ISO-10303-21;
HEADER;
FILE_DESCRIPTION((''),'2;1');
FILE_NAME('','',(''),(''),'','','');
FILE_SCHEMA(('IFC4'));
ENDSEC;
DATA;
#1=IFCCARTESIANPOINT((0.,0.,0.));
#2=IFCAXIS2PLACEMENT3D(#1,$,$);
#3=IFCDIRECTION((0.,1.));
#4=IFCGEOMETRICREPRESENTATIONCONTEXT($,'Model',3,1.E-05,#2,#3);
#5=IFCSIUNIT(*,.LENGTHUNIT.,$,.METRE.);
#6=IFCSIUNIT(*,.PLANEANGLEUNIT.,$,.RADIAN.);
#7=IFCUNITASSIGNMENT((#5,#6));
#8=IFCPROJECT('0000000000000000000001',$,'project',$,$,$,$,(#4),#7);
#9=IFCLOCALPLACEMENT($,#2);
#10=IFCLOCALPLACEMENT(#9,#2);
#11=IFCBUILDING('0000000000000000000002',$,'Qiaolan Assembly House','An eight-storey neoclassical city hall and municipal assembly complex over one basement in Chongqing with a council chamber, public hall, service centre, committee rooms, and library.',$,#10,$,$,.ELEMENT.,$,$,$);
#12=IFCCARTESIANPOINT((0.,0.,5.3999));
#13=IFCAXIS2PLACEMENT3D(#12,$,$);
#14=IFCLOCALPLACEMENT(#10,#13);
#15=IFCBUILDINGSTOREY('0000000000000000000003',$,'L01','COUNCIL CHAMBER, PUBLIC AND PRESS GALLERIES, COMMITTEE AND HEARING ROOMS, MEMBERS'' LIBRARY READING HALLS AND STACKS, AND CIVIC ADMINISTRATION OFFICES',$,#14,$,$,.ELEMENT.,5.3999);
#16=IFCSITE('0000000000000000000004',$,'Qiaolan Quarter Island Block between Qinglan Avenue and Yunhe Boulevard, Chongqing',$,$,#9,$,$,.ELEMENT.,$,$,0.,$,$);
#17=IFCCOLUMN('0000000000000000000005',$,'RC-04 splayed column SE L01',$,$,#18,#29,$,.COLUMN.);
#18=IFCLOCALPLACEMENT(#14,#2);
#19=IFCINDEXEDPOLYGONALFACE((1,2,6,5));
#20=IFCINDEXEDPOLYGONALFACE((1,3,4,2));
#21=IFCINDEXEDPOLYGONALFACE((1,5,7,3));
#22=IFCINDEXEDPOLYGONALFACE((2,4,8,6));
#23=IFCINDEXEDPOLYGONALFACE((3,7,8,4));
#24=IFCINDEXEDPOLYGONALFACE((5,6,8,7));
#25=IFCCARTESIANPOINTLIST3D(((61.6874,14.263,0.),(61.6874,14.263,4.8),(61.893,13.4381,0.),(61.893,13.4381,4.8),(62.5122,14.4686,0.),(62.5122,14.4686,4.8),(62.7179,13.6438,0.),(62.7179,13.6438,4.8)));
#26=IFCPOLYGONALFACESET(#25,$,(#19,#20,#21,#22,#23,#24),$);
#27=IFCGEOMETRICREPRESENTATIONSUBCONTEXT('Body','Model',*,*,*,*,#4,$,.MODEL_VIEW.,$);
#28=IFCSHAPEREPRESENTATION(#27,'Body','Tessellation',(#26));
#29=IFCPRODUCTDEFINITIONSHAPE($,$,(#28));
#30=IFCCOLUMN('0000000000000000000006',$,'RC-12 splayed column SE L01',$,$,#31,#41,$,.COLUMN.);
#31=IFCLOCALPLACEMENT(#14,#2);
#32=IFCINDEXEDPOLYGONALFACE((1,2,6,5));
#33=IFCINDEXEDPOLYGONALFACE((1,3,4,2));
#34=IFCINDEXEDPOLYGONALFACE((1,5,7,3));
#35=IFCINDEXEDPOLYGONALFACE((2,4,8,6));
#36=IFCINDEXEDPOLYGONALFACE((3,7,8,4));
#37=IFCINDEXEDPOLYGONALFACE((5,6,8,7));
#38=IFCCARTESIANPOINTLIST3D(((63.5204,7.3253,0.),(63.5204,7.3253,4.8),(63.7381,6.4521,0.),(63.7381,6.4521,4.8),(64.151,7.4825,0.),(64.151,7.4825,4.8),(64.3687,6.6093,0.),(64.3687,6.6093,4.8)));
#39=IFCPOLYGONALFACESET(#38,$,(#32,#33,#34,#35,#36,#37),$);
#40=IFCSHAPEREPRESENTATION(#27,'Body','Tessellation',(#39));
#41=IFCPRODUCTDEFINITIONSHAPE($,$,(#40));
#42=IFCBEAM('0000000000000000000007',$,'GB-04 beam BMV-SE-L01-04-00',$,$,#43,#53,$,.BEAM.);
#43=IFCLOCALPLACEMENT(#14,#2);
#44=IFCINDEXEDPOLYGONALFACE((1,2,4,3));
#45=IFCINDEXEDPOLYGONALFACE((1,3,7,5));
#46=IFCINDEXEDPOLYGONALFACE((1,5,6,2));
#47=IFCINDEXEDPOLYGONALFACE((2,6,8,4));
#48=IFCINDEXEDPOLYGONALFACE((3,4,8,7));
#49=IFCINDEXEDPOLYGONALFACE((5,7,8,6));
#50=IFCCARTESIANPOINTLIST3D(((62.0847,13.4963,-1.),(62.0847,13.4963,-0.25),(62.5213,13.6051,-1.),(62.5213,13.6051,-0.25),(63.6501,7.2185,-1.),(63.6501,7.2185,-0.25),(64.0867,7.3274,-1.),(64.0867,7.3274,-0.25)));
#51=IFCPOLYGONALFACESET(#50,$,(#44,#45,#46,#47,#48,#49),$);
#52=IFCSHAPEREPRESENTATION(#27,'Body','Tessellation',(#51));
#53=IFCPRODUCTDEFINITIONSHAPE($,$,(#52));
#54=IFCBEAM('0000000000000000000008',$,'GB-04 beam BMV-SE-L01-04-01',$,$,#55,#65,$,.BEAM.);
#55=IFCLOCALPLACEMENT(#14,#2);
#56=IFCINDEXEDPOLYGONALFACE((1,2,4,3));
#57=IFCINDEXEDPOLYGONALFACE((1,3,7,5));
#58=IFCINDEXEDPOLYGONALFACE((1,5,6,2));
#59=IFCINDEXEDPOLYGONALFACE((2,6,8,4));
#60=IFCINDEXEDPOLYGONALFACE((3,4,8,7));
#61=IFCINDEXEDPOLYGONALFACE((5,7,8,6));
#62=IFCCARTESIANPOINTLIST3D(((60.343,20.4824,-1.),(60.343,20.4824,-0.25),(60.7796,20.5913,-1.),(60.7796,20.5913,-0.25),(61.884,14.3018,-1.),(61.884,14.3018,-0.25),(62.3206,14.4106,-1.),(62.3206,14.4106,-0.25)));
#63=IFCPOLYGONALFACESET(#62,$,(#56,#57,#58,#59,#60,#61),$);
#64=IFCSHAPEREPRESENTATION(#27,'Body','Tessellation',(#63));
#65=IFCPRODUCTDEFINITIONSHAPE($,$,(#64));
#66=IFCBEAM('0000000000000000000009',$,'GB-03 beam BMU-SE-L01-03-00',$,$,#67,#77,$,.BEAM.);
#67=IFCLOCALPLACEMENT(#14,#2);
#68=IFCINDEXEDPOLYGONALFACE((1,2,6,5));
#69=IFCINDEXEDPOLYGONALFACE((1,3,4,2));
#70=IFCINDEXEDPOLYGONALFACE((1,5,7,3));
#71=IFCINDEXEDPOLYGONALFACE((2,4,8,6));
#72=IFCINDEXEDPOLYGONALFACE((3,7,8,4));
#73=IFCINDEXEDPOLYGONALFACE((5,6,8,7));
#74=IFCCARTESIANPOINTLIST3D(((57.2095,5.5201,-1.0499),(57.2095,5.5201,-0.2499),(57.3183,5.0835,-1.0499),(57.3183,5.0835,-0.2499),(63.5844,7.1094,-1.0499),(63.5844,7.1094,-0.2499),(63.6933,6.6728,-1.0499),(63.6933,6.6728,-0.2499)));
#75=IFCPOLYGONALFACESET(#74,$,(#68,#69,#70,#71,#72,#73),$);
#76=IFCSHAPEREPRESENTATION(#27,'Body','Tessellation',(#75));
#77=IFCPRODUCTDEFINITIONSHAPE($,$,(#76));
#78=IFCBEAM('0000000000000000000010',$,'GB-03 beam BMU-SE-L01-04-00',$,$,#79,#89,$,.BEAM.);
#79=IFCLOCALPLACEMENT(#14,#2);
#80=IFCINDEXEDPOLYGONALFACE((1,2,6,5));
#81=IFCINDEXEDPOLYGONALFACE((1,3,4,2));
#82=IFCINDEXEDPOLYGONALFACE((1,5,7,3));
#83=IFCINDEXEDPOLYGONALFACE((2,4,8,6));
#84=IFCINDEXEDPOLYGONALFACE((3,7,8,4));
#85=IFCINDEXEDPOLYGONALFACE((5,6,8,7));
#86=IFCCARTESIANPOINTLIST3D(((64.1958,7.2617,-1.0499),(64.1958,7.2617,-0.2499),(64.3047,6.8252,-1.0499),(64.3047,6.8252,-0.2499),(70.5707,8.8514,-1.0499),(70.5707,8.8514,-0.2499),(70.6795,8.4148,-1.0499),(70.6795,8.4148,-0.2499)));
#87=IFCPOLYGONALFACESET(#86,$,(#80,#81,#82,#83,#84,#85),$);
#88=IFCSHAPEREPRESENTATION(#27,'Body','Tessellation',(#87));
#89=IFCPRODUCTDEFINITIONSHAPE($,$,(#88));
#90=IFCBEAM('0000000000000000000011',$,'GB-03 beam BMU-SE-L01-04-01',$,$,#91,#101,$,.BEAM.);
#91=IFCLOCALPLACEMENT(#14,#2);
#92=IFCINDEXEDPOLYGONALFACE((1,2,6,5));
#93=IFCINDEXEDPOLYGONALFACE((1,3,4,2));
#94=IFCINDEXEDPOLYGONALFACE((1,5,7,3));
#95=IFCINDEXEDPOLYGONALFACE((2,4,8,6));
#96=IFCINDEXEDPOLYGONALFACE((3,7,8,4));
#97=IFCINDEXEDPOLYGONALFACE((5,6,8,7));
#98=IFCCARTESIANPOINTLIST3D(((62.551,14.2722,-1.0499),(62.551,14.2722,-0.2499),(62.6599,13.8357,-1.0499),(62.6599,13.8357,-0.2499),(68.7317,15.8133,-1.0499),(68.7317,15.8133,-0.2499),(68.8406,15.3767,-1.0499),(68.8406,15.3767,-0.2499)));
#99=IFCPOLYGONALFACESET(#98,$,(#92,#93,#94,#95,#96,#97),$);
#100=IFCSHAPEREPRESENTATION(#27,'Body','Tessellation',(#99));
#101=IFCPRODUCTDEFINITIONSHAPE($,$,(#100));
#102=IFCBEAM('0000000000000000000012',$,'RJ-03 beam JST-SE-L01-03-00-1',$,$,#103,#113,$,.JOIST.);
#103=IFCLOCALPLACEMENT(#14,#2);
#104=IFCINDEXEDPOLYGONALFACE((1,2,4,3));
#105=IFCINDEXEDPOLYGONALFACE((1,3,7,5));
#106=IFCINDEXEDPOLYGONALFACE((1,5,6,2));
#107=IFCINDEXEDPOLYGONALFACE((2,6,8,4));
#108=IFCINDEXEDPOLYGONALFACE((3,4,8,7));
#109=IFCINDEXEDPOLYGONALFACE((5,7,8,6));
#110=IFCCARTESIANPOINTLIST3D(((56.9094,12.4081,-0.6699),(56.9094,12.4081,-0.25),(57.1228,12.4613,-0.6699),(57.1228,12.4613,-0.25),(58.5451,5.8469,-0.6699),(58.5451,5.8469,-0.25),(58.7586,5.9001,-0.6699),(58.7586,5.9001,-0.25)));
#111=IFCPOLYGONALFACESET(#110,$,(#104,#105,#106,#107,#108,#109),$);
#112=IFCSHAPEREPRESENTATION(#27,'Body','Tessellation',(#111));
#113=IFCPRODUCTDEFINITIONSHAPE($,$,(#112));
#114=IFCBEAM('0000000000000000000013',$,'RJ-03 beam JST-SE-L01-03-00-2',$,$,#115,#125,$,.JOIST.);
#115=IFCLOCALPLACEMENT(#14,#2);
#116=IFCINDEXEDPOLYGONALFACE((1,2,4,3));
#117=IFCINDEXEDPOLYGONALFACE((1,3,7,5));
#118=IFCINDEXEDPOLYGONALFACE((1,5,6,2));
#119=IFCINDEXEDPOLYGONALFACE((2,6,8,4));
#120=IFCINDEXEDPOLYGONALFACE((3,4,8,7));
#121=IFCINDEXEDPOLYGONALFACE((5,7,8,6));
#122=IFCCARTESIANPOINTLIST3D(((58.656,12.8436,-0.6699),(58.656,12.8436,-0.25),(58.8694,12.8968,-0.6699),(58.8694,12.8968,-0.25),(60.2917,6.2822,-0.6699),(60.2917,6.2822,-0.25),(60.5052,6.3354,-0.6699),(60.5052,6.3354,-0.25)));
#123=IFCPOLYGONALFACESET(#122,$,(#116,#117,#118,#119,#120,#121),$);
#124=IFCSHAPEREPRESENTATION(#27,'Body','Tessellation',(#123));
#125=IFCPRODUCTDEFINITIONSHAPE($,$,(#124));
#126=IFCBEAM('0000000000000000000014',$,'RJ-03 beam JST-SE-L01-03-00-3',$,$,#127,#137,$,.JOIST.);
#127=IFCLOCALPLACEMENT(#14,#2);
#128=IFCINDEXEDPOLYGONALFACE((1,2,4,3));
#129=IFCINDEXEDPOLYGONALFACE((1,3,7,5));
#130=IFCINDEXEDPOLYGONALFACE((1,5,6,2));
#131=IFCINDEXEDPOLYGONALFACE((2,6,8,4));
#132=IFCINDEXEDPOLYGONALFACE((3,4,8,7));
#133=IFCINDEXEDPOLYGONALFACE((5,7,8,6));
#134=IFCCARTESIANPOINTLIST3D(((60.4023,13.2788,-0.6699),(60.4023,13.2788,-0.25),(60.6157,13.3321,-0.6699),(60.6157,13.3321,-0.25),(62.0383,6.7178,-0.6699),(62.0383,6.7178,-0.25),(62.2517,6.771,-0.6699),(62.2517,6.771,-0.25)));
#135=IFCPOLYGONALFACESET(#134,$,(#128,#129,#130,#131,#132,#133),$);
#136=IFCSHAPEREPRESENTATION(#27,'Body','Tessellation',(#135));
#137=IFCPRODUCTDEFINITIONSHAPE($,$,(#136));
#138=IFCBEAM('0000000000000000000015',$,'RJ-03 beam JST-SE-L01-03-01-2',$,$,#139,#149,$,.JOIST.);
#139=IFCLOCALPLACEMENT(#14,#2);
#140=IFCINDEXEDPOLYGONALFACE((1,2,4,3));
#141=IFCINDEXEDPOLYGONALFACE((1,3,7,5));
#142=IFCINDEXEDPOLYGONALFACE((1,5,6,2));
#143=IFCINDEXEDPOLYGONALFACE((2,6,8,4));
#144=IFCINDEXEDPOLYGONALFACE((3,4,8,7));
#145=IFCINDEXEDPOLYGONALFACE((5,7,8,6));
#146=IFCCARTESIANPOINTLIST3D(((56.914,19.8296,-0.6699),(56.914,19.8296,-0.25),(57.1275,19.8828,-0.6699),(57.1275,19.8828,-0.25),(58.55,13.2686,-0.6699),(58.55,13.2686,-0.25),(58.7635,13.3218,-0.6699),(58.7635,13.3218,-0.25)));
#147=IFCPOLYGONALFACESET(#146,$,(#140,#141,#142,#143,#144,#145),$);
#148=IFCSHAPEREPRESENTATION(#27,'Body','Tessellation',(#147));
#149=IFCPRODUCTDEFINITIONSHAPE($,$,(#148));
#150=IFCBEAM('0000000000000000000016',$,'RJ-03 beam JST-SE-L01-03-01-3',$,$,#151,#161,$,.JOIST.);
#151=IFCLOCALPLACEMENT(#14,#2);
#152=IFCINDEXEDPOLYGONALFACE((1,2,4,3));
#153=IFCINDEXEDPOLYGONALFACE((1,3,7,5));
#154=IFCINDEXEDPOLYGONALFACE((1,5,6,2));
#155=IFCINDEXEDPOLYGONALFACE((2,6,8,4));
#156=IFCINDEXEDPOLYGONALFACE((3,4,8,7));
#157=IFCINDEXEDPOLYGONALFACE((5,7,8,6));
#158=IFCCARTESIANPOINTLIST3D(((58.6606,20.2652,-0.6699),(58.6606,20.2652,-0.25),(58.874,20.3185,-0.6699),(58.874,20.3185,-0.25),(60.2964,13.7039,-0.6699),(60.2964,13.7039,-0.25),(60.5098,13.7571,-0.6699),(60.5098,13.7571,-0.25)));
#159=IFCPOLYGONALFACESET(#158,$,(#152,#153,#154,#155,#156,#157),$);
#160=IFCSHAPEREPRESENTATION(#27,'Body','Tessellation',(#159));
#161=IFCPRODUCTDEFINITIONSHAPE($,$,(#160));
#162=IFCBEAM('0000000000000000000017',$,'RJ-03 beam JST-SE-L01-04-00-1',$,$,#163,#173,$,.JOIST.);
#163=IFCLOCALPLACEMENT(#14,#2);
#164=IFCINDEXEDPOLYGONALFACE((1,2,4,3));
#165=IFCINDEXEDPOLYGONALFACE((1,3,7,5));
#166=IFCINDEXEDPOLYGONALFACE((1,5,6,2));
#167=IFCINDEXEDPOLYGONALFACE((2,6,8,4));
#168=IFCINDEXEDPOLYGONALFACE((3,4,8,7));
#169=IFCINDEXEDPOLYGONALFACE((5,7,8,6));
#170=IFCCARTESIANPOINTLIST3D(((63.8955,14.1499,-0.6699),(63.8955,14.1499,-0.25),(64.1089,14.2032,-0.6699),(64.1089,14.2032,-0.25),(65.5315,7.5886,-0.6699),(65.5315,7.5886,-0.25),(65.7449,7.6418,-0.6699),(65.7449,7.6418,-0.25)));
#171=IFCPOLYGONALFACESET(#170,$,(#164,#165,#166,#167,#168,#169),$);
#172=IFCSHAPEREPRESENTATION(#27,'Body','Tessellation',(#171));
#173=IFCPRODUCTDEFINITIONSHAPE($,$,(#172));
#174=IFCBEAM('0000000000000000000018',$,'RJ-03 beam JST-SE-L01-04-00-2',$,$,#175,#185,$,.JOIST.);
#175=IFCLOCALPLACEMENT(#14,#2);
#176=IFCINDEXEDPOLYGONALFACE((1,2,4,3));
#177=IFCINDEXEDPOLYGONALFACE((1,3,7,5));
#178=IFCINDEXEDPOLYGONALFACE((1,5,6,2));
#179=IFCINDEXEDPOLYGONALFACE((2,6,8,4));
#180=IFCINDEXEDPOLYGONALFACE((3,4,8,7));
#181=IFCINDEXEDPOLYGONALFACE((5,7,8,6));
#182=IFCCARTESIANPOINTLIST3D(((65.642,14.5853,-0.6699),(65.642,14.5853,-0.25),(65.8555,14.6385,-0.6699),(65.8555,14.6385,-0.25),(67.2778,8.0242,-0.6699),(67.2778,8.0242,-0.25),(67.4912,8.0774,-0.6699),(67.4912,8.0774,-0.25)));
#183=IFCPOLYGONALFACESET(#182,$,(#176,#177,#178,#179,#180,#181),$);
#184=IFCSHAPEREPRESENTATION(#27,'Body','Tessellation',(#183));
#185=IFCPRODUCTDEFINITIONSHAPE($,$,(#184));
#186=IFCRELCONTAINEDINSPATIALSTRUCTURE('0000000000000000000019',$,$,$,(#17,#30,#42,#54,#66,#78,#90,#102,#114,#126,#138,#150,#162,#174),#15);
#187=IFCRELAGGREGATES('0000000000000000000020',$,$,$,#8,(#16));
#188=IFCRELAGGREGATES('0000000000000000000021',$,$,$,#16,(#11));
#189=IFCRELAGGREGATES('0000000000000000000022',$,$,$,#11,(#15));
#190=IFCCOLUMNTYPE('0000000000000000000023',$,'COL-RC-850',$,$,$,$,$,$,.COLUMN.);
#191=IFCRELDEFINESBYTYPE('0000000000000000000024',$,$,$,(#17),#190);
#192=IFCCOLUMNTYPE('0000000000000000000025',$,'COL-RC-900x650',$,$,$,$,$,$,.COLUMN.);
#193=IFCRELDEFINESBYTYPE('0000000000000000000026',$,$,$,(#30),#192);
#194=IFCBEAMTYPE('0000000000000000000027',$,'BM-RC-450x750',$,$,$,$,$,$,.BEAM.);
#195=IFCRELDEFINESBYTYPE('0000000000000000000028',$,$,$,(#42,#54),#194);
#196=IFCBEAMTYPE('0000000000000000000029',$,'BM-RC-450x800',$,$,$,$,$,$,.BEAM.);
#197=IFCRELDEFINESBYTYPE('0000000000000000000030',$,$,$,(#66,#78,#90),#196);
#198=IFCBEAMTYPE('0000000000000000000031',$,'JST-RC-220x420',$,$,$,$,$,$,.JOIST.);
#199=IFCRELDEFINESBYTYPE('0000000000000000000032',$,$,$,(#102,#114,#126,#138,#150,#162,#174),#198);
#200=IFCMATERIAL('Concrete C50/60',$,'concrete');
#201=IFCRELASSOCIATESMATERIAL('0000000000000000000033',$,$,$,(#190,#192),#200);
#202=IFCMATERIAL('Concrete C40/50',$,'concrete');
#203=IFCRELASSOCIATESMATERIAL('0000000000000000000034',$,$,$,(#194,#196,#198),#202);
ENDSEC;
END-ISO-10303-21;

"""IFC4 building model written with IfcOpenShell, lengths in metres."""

from ifc_helpers import new_model, si_unit, direction, frame, origin, origin_2d, place, context, subcontext, project, spatial, rectangle, extrude, material, material_profile, profile_set, type_object, element, save


model = new_model("IFC4")

# Units and contexts
model_context = context("Model", 3, precision=1e-05, world=origin(), true_north=direction((0.0, 1.0)))
body_context = subcontext(model_context, "Body", "Model", "MODEL_VIEW")
ifc_project = project(units=[si_unit("LENGTHUNIT", "METRE"), si_unit("PLANEANGLEUNIT", "RADIAN")], contexts=[model_context])

# Site, building, storey
site_placement = place(None, origin())
site = spatial("IfcSite", under=ifc_project, at=site_placement, Name="Qiaolan Quarter Island Block between Qinglan Avenue and Yunhe Boulevard, Chongqing", CompositionType="ELEMENT", RefElevation=0.0)
building_placement = place(site_placement, origin())
building = spatial("IfcBuilding", under=site, at=building_placement, Name="Qiaolan Assembly House", Description="An eight-storey neoclassical city hall and municipal assembly complex over one basement in Chongqing with a council chamber, public hall, service centre, committee rooms, and library.", CompositionType="ELEMENT")
storey_placement = place(building_placement, frame((0.0, 0.0, 5.3999)))
storey = spatial("IfcBuildingStorey", under=building, at=storey_placement, Name="L01", Description="COUNCIL CHAMBER, PUBLIC AND PRESS GALLERIES, COMMITTEE AND HEARING ROOMS, MEMBERS' LIBRARY READING HALLS AND STACKS, AND CIVIC ADMINISTRATION OFFICES", CompositionType="ELEMENT", Elevation=5.3999)

# Columns
ifc_material_1 = material(Name="Concrete C50/60", Category="concrete")
ifc_material_profile_1 = material_profile(ifc_material_1, rectangle(XDim=0.8501, YDim=0.8501, at=origin_2d()), Name="RC 850x850")
ifc_profile_set_1 = profile_set([ifc_material_profile_1], Name="Concrete C50/60")
column_type_1 = type_object("IfcColumnType", Name="COL-RC-850", PredefinedType="COLUMN", material=ifc_profile_set_1)
column_1_placement = place(storey_placement, frame((62.2026, 13.9534, 0.0), z_axis=(0.0, 0.0, 1.0), x_axis=(0.970296, 0.241922, 0.0)))
element("IfcColumn", 1, at=column_1_placement, inside=storey, type_object=column_type_1, Name="RC-04 splayed column SE L01", PredefinedType="COLUMN", context=body_context, shape_type="SweptSolid", body=[
    extrude(rectangle(XDim=0.8501, YDim=0.8501, at=origin_2d()), origin(), (0.0, 0.0, 1.0), 4.8),
])
ifc_material_profile_2 = material_profile(ifc_material_1, rectangle(XDim=0.6499, YDim=0.8999, at=origin_2d()), Name="RC 900x650")
ifc_profile_set_2 = profile_set([ifc_material_profile_2], Name="Concrete C50/60")
column_type_2 = type_object("IfcColumnType", Name="COL-RC-900x650", PredefinedType="COLUMN", material=ifc_profile_set_2)
column_2_placement = place(storey_placement, frame((63.9446, 6.9673, 0.0), z_axis=(0.0, 0.0, 1.0), x_axis=(0.970296, 0.241922, 0.0)))
element("IfcColumn", 2, at=column_2_placement, inside=storey, type_object=column_type_2, Name="RC-12 splayed column SE L01", PredefinedType="COLUMN", context=body_context, shape_type="SweptSolid", body=[
    extrude(rectangle(XDim=0.6499, YDim=0.8999, at=origin_2d()), origin(), (0.0, 0.0, 1.0), 4.8),
])

# Beams
ifc_material_2 = material(Name="Concrete C40/50", Category="concrete")
ifc_material_profile_3 = material_profile(ifc_material_2, rectangle(XDim=0.45, YDim=0.75, at=origin_2d()), Name="RCB 450x750")
ifc_profile_set_3 = profile_set([ifc_material_profile_3], Name="Concrete C40/50")
beam_type_1 = type_object("IfcBeamType", Name="BM-RC-450x750", PredefinedType="BEAM", material=ifc_profile_set_3)
beam_1_placement = place(storey_placement, frame((63.8684, 7.2729, -0.625), z_axis=(-0.24195, 0.970289, 0.0), x_axis=(-0.970289, -0.24195, 0.0)))
element("IfcBeam", 3, at=beam_1_placement, inside=storey, type_object=beam_type_1, Name="GB-04 beam BMV-SE-L01-04-00", PredefinedType="BEAM", context=body_context, shape_type="SweptSolid", body=[
    extrude(rectangle(XDim=0.45, YDim=0.75, at=origin_2d()), origin(), (0.0, 0.0, 1.0), 6.47),
])
beam_2_placement = place(storey_placement, frame((62.1023, 14.3562, -0.625), z_axis=(-0.241922, 0.970296, 0.0), x_axis=(-0.970296, -0.241922, 0.0)))
element("IfcBeam", 4, at=beam_2_placement, inside=storey, type_object=beam_type_1, Name="GB-04 beam BMV-SE-L01-04-01", PredefinedType="BEAM", context=body_context, shape_type="SweptSolid", body=[
    extrude(rectangle(XDim=0.45, YDim=0.75, at=origin_2d()), origin(), (0.0, 0.0, 1.0), 6.3699),
])
ifc_material_profile_4 = material_profile(ifc_material_2, rectangle(XDim=0.45, YDim=0.8, at=origin_2d()), Name="RCB 450x800")
ifc_profile_set_4 = profile_set([ifc_material_profile_4], Name="Concrete C40/50")
beam_type_2 = type_object("IfcBeamType", Name="BM-RC-450x800", PredefinedType="BEAM", material=ifc_profile_set_4)
for number, where, z_axis, x_axis, name in (
    (5, (57.2639, 5.3018, -0.6499), (0.9703, 0.241906, 0.0), (-0.241906, 0.9703, 0.0), "GB-03 beam BMU-SE-L01-03-00"),
    (6, (64.2502, 7.0435, -0.6499), (0.970289, 0.24195, 0.0), (-0.24195, 0.970289, 0.0), "GB-03 beam BMU-SE-L01-04-00"),
):
    element("IfcBeam", number, at=place(storey_placement, frame(where, z_axis=z_axis, x_axis=x_axis)), inside=storey, type_object=beam_type_2, Name=name, PredefinedType="BEAM", context=body_context, shape_type="SweptSolid", body=[
        extrude(rectangle(XDim=0.45, YDim=0.8, at=origin_2d()), origin(), (0.0, 0.0, 1.0), 6.5701),
    ])
beam_3_placement = place(storey_placement, frame((62.6055, 14.054, -0.6499), z_axis=(0.970296, 0.241922, 0.0), x_axis=(-0.241922, 0.970296, 0.0)))
element("IfcBeam", 7, at=beam_3_placement, inside=storey, type_object=beam_type_2, Name="GB-03 beam BMU-SE-L01-04-01", PredefinedType="BEAM", context=body_context, shape_type="SweptSolid", body=[
    extrude(rectangle(XDim=0.45, YDim=0.8, at=origin_2d()), origin(), (0.0, 0.0, 1.0), 6.3699),
])
ifc_material_profile_5 = material_profile(ifc_material_2, rectangle(XDim=0.22, YDim=0.4199, at=origin_2d()), Name="RCB 220x420")
ifc_profile_set_5 = profile_set([ifc_material_profile_5], Name="Concrete C40/50")
beam_type_3 = type_object("IfcBeamType", Name="JST-RC-220x420", PredefinedType="JOIST", material=ifc_profile_set_5)
beam_4_placement = place(storey_placement, frame((58.6519, 5.8735, -0.46), z_axis=(-0.241907, 0.970299, 0.0), x_axis=(-0.970299, -0.241907, 0.0)))
element("IfcBeam", 8, at=beam_4_placement, inside=storey, type_object=beam_type_3, Name="RJ-03 beam JST-SE-L01-03-00-1", PredefinedType="JOIST", context=body_context, shape_type="SweptSolid", body=[
    extrude(rectangle(XDim=0.22, YDim=0.4199, at=origin_2d()), origin(), (0.0, 0.0, 1.0), 6.762),
])
beam_5_placement = place(storey_placement, frame((60.3984, 6.3088, -0.46), z_axis=(-0.241898, 0.970302, 0.0), x_axis=(-0.970302, -0.241898, 0.0)))
element("IfcBeam", 9, at=beam_5_placement, inside=storey, type_object=beam_type_3, Name="RJ-03 beam JST-SE-L01-03-00-2", PredefinedType="JOIST", context=body_context, shape_type="SweptSolid", body=[
    extrude(rectangle(XDim=0.22, YDim=0.4199, at=origin_2d()), origin(), (0.0, 0.0, 1.0), 6.7622),
])
for number, where, z_axis, x_axis, name in (
    (10, (62.145, 6.7444, -0.46), (-0.241941, 0.970291, 0.0), (-0.970291, -0.241941, 0.0), "RJ-03 beam JST-SE-L01-03-00-3"),
    (11, (58.6567, 13.2952, -0.46), (-0.241941, 0.970291, 0.0), (-0.970291, -0.241941, 0.0), "RJ-03 beam JST-SE-L01-03-01-2"),
):
    element("IfcBeam", number, at=place(storey_placement, frame(where, z_axis=z_axis, x_axis=x_axis)), inside=storey, type_object=beam_type_3, Name=name, PredefinedType="JOIST", context=body_context, shape_type="SweptSolid", body=[
        extrude(rectangle(XDim=0.22, YDim=0.4199, at=origin_2d()), origin(), (0.0, 0.0, 1.0), 6.762),
    ])
for number, where, z_axis, x_axis, name in (
    (12, (60.4031, 13.7305, -0.46), (-0.241898, 0.970302, 0.0), (-0.970302, -0.241898, 0.0), "RJ-03 beam JST-SE-L01-03-01-3"),
    (13, (65.6382, 7.6152, -0.46), (-0.241932, 0.970293, 0.0), (-0.970293, -0.241932, 0.0), "RJ-03 beam JST-SE-L01-04-00-1"),
):
    element("IfcBeam", number, at=place(storey_placement, frame(where, z_axis=z_axis, x_axis=x_axis)), inside=storey, type_object=beam_type_3, Name=name, PredefinedType="JOIST", context=body_context, shape_type="SweptSolid", body=[
        extrude(rectangle(XDim=0.22, YDim=0.4199, at=origin_2d()), origin(), (0.0, 0.0, 1.0), 6.7622),
    ])
beam_6_placement = place(storey_placement, frame((67.3845, 8.0508, -0.46), z_axis=(-0.241907, 0.970299, 0.0), x_axis=(-0.970299, -0.241907, 0.0)))
element("IfcBeam", 14, at=beam_6_placement, inside=storey, type_object=beam_type_3, Name="RJ-03 beam JST-SE-L01-04-00-2", PredefinedType="JOIST", context=body_context, shape_type="SweptSolid", body=[
    extrude(rectangle(XDim=0.22, YDim=0.4199, at=origin_2d()), origin(), (0.0, 0.0, 1.0), 6.762),
])

save(model, "model.ifc")
